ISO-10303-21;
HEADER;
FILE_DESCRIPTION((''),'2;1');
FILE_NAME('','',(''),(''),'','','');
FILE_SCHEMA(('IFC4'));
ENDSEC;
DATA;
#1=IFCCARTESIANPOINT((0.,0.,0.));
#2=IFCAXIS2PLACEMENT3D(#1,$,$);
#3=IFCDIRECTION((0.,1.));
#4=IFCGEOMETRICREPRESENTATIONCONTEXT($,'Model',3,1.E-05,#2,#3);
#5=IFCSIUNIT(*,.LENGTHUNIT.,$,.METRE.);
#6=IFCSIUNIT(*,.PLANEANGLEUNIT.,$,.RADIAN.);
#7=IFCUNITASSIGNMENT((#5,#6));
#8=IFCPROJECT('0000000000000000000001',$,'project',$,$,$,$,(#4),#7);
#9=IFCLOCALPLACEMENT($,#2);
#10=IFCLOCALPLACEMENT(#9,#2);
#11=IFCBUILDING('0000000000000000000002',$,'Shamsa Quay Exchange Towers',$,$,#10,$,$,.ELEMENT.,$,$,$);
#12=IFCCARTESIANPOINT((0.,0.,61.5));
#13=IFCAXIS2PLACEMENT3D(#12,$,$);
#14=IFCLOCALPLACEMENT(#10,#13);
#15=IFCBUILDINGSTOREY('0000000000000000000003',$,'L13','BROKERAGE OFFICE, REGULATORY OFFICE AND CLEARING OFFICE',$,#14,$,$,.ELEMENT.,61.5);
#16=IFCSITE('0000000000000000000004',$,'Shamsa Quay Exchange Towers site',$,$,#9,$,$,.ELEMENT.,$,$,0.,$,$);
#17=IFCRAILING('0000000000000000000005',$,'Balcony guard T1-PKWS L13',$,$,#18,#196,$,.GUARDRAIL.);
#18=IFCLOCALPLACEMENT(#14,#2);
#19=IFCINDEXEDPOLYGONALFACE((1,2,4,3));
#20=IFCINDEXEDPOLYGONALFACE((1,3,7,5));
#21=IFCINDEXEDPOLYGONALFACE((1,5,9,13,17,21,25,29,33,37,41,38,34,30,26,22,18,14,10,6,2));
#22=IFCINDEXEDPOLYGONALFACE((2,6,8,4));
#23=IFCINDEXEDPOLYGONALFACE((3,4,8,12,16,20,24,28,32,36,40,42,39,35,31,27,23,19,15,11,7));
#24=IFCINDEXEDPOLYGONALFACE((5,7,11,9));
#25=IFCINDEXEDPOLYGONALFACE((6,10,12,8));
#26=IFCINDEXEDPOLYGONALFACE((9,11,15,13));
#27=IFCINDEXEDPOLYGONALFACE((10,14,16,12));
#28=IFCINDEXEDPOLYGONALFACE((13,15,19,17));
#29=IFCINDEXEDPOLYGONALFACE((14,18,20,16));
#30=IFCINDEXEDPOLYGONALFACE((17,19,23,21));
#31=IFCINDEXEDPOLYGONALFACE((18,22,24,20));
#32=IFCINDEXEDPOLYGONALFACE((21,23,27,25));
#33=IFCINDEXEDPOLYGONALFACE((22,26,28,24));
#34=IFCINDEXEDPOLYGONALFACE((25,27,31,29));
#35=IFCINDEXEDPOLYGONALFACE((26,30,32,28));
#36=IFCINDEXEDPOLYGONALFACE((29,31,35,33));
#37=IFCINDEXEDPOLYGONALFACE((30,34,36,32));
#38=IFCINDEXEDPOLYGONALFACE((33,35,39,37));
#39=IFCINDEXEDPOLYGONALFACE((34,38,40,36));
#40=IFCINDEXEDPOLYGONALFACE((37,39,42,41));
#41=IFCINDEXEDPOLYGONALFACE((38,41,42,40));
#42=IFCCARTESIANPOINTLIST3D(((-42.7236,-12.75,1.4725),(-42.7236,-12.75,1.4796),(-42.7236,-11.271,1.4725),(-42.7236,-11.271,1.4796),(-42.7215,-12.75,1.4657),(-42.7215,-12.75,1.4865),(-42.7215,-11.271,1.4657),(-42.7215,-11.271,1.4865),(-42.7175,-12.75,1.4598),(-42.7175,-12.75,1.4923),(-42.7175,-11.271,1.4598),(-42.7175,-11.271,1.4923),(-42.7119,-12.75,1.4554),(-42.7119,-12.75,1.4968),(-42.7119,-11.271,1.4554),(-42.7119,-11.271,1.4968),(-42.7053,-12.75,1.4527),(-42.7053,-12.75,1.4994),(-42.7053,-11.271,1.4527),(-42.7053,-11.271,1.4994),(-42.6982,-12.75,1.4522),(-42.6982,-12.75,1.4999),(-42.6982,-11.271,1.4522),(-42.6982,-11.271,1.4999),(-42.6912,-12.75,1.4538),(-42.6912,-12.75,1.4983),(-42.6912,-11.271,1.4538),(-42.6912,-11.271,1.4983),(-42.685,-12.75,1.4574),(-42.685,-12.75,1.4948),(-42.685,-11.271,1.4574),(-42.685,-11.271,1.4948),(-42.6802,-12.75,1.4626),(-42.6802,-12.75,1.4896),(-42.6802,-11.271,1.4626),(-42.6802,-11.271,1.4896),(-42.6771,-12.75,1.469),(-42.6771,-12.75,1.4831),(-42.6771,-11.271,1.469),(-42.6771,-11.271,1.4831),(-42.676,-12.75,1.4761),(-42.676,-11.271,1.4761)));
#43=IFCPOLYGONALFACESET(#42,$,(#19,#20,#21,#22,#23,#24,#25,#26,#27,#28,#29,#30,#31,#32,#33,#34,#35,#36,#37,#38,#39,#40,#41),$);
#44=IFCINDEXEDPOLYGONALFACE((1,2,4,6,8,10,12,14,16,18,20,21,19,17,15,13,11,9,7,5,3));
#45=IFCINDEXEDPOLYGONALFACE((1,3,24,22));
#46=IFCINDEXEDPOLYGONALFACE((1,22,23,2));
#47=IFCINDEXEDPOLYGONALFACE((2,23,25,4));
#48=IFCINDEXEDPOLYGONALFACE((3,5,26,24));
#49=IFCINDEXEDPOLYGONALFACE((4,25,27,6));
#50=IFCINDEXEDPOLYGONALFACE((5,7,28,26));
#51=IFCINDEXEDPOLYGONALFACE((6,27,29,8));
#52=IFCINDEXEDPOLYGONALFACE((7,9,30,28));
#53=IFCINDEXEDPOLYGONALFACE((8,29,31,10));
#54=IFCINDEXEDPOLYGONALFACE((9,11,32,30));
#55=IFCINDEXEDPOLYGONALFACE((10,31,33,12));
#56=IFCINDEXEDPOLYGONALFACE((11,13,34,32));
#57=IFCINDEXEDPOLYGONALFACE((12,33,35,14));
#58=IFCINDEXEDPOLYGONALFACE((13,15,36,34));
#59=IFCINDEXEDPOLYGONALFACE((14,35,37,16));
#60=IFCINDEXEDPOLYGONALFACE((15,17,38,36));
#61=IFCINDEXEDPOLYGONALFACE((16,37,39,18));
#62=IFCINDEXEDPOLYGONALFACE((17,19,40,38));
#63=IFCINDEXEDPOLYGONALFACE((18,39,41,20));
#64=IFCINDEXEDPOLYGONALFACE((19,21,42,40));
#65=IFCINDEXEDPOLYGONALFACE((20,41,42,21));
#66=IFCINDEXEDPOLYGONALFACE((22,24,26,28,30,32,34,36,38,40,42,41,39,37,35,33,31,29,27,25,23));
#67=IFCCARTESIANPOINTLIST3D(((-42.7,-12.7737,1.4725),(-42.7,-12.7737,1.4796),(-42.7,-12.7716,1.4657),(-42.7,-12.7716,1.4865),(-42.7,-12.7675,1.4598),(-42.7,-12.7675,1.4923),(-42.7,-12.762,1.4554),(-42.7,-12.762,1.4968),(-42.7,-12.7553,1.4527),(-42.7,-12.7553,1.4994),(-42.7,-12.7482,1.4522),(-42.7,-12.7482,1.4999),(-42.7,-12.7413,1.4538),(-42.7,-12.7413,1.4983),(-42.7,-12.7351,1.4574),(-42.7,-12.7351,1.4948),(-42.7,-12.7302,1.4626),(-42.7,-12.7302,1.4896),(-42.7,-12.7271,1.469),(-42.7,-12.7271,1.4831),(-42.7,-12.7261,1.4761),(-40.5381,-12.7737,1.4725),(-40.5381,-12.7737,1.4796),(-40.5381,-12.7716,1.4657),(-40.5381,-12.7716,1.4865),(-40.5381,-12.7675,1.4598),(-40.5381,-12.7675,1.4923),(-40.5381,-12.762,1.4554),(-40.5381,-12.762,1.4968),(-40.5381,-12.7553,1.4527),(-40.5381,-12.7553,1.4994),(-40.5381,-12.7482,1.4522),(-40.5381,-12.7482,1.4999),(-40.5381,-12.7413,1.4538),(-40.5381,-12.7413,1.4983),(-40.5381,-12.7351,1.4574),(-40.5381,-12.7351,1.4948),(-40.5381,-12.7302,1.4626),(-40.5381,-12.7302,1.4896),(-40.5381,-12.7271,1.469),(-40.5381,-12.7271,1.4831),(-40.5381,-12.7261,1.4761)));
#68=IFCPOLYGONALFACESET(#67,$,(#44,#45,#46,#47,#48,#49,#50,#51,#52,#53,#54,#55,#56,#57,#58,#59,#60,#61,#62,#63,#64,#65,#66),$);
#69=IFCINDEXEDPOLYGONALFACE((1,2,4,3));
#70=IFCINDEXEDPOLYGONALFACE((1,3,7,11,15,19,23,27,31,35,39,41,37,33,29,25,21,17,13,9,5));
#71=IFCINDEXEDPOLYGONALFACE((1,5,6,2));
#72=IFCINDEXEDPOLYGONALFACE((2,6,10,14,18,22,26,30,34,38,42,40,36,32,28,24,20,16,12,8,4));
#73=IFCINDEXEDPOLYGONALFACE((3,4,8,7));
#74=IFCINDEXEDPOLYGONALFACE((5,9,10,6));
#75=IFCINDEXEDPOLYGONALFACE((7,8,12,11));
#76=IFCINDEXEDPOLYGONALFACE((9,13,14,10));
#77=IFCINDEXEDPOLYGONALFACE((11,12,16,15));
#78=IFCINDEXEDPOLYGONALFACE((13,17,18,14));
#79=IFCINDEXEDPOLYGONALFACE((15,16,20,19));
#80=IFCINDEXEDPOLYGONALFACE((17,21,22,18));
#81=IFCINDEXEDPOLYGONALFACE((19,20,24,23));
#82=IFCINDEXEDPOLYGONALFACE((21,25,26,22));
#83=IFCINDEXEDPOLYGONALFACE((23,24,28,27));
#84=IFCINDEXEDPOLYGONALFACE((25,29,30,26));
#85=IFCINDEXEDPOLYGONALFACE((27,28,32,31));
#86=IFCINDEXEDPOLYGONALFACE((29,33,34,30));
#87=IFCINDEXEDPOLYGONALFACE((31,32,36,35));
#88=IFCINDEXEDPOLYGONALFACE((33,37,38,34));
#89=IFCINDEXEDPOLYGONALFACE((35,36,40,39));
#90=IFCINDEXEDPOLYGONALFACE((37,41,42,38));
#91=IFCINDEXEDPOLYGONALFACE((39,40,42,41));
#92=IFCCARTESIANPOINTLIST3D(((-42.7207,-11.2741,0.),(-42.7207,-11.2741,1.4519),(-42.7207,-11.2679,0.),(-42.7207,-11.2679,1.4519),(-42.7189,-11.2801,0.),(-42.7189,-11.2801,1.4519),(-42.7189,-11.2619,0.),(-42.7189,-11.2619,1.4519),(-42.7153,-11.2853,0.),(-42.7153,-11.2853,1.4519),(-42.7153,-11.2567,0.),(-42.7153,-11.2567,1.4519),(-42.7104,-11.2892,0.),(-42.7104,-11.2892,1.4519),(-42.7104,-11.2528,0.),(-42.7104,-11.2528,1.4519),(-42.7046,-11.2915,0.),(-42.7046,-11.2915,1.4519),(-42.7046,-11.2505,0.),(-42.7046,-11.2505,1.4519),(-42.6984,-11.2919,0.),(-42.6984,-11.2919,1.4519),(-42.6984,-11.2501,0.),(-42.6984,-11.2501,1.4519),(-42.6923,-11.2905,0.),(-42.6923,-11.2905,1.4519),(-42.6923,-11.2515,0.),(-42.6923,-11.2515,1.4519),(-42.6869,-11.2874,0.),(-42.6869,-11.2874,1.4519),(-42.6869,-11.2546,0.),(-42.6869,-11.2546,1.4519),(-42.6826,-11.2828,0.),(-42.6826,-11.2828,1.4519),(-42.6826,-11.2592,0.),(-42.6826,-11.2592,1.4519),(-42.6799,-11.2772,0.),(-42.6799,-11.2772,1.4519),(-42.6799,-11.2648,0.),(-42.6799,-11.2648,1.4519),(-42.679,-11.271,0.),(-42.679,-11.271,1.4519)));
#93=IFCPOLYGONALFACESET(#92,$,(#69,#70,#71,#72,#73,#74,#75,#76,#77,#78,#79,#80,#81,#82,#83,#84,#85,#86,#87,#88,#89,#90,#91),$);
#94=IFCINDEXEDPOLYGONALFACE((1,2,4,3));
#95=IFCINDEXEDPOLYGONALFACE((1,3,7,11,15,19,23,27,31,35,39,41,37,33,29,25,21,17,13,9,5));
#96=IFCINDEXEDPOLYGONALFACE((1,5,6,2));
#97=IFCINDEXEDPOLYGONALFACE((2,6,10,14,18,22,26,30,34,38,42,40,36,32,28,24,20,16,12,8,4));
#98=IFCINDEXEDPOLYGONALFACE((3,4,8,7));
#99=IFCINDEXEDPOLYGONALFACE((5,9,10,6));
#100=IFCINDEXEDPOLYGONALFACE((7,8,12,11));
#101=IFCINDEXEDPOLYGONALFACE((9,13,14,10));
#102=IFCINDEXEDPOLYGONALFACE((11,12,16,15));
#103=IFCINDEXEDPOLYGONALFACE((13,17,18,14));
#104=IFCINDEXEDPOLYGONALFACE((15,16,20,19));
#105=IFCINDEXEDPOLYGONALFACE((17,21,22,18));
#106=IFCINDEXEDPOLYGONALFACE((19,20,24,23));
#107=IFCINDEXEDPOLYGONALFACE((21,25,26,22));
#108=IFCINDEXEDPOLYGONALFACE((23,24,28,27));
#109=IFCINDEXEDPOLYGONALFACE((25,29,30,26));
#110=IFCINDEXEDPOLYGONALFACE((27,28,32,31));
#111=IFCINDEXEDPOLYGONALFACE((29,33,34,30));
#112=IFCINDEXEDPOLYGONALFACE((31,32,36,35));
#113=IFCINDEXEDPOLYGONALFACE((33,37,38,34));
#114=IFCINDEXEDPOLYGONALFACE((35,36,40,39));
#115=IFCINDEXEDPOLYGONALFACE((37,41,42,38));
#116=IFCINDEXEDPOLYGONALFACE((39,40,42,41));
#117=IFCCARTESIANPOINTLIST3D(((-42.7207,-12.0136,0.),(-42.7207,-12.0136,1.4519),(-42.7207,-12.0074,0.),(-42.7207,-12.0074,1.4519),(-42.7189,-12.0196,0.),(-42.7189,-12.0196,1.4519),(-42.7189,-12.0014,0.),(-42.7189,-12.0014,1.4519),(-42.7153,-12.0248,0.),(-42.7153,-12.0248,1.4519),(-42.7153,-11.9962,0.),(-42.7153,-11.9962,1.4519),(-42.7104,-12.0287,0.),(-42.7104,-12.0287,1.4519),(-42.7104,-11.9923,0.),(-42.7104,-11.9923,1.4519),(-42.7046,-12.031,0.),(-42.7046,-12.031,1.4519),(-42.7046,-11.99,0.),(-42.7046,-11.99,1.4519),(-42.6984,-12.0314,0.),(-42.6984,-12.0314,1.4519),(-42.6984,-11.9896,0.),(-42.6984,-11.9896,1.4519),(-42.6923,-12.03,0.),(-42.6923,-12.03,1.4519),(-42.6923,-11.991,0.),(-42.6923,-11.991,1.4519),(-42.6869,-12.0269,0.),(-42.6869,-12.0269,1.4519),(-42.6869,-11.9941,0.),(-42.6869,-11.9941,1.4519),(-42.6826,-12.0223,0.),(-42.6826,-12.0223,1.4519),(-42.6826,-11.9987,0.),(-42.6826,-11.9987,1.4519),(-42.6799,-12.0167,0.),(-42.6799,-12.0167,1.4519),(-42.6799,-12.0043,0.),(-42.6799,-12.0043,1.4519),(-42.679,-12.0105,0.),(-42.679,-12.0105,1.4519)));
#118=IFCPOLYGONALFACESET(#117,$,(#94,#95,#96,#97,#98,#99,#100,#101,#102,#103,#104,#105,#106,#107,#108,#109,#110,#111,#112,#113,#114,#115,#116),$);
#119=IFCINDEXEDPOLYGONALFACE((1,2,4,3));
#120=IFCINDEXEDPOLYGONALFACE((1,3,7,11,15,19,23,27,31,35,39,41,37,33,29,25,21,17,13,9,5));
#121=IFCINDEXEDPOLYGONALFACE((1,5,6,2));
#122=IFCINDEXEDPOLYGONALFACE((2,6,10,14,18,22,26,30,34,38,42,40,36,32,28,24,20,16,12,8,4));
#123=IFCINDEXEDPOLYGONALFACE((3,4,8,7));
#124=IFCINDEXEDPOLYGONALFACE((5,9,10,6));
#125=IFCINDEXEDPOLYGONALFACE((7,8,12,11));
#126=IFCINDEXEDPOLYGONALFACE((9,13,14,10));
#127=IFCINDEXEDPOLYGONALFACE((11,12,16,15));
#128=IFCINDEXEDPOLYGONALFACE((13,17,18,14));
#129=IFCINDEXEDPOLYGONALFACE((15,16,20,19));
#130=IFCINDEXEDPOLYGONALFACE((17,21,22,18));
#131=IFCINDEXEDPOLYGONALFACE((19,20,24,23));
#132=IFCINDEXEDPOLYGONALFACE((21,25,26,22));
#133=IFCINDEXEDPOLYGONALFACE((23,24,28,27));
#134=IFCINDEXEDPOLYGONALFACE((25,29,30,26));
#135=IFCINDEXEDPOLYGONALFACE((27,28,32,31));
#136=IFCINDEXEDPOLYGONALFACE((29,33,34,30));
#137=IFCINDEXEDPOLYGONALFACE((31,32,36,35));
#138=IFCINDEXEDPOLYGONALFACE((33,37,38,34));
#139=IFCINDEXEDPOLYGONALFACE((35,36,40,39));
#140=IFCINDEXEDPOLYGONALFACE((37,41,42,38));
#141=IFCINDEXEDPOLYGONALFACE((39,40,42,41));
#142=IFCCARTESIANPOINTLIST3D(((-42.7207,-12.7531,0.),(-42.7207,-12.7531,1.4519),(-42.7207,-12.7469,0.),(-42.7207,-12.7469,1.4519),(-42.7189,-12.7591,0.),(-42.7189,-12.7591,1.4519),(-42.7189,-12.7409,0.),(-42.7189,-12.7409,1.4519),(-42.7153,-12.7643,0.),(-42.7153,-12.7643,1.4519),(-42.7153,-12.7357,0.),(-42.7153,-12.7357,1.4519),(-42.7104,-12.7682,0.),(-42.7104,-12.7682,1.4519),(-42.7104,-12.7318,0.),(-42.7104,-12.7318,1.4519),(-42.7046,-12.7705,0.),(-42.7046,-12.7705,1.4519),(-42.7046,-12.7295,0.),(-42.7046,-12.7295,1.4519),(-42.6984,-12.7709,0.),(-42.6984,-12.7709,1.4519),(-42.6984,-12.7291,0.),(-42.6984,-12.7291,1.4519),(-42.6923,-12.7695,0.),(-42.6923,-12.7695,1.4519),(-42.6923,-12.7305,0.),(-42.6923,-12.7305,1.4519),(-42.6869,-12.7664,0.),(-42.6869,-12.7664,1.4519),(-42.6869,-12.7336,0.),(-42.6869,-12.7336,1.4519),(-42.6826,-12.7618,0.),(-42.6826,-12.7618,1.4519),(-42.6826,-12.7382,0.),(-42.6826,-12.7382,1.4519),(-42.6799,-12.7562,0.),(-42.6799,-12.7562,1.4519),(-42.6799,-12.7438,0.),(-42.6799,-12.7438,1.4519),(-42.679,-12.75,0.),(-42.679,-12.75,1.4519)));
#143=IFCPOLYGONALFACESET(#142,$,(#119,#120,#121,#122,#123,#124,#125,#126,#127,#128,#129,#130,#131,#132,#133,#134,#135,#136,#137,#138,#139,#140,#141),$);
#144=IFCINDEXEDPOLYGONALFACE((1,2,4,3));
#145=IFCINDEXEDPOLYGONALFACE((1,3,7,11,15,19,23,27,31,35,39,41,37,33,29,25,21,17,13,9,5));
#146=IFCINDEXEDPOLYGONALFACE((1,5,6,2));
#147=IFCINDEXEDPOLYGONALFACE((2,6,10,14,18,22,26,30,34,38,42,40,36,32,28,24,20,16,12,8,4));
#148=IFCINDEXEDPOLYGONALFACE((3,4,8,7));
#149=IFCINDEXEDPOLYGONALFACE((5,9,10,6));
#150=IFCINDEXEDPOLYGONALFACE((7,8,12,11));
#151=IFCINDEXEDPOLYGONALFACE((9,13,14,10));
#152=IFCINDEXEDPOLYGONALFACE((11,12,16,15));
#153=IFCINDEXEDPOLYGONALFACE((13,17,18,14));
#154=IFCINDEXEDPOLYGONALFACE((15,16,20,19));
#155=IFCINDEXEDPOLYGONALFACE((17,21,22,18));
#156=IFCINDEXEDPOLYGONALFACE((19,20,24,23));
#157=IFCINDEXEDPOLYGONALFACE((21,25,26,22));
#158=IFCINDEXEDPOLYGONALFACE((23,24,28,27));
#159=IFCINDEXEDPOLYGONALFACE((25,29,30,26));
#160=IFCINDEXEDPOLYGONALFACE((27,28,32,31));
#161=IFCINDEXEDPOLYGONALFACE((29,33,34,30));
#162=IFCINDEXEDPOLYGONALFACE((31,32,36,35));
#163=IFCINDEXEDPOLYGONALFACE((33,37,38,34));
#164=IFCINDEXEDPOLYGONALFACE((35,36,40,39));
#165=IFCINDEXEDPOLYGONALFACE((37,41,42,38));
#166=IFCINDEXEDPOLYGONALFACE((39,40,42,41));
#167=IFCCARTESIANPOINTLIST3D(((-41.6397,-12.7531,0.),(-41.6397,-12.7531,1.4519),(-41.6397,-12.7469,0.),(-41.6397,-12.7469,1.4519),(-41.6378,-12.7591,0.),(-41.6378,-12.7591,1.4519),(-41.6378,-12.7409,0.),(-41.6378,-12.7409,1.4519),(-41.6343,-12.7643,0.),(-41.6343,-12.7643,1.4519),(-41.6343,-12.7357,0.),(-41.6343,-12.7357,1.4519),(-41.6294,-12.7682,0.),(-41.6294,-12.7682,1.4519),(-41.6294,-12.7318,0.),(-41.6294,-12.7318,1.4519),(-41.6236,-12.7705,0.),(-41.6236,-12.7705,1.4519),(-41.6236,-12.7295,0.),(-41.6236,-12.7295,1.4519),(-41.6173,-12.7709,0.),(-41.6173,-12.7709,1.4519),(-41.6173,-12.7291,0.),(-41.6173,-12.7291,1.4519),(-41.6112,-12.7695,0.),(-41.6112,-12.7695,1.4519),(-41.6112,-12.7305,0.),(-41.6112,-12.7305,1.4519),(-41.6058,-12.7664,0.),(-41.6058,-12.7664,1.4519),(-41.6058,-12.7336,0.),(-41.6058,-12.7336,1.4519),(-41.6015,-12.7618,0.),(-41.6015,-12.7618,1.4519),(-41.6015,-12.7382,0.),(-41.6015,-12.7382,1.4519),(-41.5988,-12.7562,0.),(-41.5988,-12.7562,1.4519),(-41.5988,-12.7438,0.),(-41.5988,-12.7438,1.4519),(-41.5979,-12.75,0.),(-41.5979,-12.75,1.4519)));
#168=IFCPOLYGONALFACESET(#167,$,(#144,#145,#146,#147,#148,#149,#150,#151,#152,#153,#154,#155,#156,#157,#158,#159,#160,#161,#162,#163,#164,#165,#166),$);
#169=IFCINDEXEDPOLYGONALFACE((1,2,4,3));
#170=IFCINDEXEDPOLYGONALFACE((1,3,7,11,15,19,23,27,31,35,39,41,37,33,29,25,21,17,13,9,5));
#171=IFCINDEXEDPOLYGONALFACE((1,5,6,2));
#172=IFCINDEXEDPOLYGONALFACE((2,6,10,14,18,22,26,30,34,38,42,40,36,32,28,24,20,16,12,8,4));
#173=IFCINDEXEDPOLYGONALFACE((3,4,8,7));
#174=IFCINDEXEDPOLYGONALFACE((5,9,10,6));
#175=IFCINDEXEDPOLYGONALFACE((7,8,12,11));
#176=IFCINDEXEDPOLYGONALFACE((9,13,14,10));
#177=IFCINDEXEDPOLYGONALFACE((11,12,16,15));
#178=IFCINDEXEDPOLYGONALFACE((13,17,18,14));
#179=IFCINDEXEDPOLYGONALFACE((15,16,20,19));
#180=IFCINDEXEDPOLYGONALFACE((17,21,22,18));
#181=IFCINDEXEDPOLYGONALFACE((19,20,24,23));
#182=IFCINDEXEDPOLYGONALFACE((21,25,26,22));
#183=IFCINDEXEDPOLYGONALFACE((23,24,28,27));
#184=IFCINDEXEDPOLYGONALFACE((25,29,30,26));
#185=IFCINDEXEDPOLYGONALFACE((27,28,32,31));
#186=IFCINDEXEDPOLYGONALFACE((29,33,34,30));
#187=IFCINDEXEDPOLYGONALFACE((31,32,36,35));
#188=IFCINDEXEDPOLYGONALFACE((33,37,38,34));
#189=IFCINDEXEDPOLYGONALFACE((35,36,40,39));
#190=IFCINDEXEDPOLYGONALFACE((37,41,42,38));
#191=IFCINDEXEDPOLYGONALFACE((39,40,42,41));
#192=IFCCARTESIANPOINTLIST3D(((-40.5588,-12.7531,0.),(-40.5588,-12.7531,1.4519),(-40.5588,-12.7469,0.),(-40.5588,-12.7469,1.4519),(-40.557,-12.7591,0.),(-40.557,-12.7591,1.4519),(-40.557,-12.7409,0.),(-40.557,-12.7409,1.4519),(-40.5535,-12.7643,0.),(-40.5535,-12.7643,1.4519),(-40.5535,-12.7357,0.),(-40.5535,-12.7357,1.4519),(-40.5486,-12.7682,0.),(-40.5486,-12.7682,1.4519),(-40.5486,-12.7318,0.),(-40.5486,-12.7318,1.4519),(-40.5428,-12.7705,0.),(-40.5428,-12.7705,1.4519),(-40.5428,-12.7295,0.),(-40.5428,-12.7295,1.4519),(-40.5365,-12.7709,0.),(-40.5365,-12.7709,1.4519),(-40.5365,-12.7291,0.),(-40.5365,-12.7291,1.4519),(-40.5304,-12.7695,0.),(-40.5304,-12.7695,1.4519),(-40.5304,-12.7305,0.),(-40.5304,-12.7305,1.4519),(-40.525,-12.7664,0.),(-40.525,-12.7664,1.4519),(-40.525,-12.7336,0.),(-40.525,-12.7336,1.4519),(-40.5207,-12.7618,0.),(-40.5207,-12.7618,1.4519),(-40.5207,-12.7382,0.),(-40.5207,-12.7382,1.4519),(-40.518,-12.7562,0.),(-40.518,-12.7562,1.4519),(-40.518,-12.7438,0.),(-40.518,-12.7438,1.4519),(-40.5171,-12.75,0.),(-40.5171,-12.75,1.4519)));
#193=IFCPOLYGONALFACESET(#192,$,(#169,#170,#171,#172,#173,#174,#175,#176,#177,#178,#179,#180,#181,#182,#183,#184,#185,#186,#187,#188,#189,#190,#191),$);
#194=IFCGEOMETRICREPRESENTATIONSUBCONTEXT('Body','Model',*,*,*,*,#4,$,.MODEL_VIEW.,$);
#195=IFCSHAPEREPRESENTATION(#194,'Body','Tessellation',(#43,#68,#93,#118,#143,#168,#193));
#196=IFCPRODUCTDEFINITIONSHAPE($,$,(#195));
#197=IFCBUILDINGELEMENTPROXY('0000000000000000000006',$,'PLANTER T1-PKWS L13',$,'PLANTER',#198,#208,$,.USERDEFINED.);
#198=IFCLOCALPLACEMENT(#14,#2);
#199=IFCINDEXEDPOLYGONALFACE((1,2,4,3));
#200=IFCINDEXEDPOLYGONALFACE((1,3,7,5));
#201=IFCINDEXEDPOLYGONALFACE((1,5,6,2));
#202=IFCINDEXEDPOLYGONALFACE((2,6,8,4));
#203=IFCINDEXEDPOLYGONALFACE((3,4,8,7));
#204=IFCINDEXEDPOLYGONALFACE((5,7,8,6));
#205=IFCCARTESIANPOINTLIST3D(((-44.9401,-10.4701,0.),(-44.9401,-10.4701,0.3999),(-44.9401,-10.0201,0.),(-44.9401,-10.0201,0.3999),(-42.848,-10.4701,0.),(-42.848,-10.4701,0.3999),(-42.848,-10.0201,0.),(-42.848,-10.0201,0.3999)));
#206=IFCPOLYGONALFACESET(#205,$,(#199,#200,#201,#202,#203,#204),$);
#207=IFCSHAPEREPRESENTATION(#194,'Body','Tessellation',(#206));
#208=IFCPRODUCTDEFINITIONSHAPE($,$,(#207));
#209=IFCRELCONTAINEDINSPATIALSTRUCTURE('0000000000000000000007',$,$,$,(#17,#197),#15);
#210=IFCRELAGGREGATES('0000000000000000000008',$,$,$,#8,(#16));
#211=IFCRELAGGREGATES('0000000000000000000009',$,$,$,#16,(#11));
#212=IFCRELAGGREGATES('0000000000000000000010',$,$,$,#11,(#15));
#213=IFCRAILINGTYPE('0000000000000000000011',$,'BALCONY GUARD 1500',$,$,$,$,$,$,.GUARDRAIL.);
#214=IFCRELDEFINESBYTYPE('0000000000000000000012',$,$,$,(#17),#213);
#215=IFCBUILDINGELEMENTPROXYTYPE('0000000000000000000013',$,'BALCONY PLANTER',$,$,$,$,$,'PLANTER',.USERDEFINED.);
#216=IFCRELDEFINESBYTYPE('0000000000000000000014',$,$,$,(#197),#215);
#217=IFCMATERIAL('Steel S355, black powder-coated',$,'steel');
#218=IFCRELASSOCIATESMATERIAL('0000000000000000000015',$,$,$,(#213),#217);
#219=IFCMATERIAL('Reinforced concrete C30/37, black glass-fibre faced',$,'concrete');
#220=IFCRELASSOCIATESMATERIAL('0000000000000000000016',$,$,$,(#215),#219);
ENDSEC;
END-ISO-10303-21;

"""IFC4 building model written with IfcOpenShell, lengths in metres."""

from ifc_helpers import new_model, si_unit, direction, frame, origin, origin_2d, place, context, subcontext, project, spatial, rectangle, circle, extrude, material, type_object, element, save


model = new_model("IFC4")

# Units and contexts
model_context = context("Model", 3, precision=1e-05, world=origin(), true_north=direction((0.0, 1.0)))
body_context = subcontext(model_context, "Body", "Model", "MODEL_VIEW")
ifc_project = project(units=[si_unit("LENGTHUNIT", "METRE"), si_unit("PLANEANGLEUNIT", "RADIAN")], contexts=[model_context])

# Site, building, storey
site_placement = place(None, origin())
site = spatial("IfcSite", under=ifc_project, at=site_placement, Name="Shamsa Quay Exchange Towers site", CompositionType="ELEMENT", RefElevation=0.0)
building_placement = place(site_placement, origin())
building = spatial("IfcBuilding", under=site, at=building_placement, Name="Shamsa Quay Exchange Towers", CompositionType="ELEMENT")
storey_placement = place(building_placement, frame((0.0, 0.0, 61.5)))
storey = spatial("IfcBuildingStorey", under=building, at=storey_placement, Name="L13", Description="BROKERAGE OFFICE, REGULATORY OFFICE AND CLEARING OFFICE", CompositionType="ELEMENT", Elevation=61.5)

# Railing
ifc_material_1 = material(Name="Steel S355, black powder-coated", Category="steel")
railing_type_1 = type_object("IfcRailingType", Name="BALCONY GUARD 1500", PredefinedType="GUARDRAIL", material=ifc_material_1)
for number, where, name in (
    (1, (-42.7, -11.271, 0.0), "Balcony guard T1-PKWS L13"),
):
    element("IfcRailing", number, at=place(storey_placement, frame(where)), inside=storey, type_object=railing_type_1, Name=name, PredefinedType="GUARDRAIL", context=body_context, shape_type="SweptSolid", body=[
        extrude(circle(Radius=0.0239, at=origin_2d()), frame((0.0, 0.0, 1.4761), z_axis=(0.0, -1.0, 0.0), x_axis=(1.0, 0.0, 0.0)), (0.0, 0.0, 1.0), 1.479),
        extrude(circle(Radius=0.0239, at=origin_2d()), frame((0.0, -1.479, 1.4761), z_axis=(1.0, 0.0, 0.0), x_axis=(0.0, 1.0, 0.0)), (0.0, 0.0, 1.0), 2.1619),
        extrude(circle(Radius=0.021, at=origin_2d()), origin(), (0.0, 0.0, 1.0), 1.4519),
        extrude(circle(Radius=0.021, at=origin_2d()), frame((0.0, -0.7395, 0.0)), (0.0, 0.0, 1.0), 1.4519),
        extrude(circle(Radius=0.021, at=origin_2d()), frame((0.0, -1.479, 0.0)), (0.0, 0.0, 1.0), 1.4519),
        extrude(circle(Radius=0.021, at=origin_2d()), frame((1.0811, -1.479, 0.0)), (0.0, 0.0, 1.0), 1.4519),
        extrude(circle(Radius=0.021, at=origin_2d()), frame((2.1619, -1.479, 0.0)), (0.0, 0.0, 1.0), 1.4519),
    ])

# Building element proxy
ifc_material_2 = material(Name="Reinforced concrete C30/37, black glass-fibre faced", Category="concrete")
building_element_proxy_type = type_object("IfcBuildingElementProxyType", Name="BALCONY PLANTER", ElementType="PLANTER", PredefinedType="USERDEFINED", material=ifc_material_2)
proxy_placement = place(storey_placement, frame((-43.894, -10.2451, 0.0)))
element("IfcBuildingElementProxy", 2, at=proxy_placement, inside=storey, type_object=building_element_proxy_type, Name="PLANTER T1-PKWS L13", ObjectType="PLANTER", PredefinedType="USERDEFINED", context=body_context, shape_type="SweptSolid", body=[
    extrude(rectangle(XDim=2.092, YDim=0.45, at=origin_2d()), origin(), (0.0, 0.0, 1.0), 0.3999),
])

save(model, "model.ifc")
